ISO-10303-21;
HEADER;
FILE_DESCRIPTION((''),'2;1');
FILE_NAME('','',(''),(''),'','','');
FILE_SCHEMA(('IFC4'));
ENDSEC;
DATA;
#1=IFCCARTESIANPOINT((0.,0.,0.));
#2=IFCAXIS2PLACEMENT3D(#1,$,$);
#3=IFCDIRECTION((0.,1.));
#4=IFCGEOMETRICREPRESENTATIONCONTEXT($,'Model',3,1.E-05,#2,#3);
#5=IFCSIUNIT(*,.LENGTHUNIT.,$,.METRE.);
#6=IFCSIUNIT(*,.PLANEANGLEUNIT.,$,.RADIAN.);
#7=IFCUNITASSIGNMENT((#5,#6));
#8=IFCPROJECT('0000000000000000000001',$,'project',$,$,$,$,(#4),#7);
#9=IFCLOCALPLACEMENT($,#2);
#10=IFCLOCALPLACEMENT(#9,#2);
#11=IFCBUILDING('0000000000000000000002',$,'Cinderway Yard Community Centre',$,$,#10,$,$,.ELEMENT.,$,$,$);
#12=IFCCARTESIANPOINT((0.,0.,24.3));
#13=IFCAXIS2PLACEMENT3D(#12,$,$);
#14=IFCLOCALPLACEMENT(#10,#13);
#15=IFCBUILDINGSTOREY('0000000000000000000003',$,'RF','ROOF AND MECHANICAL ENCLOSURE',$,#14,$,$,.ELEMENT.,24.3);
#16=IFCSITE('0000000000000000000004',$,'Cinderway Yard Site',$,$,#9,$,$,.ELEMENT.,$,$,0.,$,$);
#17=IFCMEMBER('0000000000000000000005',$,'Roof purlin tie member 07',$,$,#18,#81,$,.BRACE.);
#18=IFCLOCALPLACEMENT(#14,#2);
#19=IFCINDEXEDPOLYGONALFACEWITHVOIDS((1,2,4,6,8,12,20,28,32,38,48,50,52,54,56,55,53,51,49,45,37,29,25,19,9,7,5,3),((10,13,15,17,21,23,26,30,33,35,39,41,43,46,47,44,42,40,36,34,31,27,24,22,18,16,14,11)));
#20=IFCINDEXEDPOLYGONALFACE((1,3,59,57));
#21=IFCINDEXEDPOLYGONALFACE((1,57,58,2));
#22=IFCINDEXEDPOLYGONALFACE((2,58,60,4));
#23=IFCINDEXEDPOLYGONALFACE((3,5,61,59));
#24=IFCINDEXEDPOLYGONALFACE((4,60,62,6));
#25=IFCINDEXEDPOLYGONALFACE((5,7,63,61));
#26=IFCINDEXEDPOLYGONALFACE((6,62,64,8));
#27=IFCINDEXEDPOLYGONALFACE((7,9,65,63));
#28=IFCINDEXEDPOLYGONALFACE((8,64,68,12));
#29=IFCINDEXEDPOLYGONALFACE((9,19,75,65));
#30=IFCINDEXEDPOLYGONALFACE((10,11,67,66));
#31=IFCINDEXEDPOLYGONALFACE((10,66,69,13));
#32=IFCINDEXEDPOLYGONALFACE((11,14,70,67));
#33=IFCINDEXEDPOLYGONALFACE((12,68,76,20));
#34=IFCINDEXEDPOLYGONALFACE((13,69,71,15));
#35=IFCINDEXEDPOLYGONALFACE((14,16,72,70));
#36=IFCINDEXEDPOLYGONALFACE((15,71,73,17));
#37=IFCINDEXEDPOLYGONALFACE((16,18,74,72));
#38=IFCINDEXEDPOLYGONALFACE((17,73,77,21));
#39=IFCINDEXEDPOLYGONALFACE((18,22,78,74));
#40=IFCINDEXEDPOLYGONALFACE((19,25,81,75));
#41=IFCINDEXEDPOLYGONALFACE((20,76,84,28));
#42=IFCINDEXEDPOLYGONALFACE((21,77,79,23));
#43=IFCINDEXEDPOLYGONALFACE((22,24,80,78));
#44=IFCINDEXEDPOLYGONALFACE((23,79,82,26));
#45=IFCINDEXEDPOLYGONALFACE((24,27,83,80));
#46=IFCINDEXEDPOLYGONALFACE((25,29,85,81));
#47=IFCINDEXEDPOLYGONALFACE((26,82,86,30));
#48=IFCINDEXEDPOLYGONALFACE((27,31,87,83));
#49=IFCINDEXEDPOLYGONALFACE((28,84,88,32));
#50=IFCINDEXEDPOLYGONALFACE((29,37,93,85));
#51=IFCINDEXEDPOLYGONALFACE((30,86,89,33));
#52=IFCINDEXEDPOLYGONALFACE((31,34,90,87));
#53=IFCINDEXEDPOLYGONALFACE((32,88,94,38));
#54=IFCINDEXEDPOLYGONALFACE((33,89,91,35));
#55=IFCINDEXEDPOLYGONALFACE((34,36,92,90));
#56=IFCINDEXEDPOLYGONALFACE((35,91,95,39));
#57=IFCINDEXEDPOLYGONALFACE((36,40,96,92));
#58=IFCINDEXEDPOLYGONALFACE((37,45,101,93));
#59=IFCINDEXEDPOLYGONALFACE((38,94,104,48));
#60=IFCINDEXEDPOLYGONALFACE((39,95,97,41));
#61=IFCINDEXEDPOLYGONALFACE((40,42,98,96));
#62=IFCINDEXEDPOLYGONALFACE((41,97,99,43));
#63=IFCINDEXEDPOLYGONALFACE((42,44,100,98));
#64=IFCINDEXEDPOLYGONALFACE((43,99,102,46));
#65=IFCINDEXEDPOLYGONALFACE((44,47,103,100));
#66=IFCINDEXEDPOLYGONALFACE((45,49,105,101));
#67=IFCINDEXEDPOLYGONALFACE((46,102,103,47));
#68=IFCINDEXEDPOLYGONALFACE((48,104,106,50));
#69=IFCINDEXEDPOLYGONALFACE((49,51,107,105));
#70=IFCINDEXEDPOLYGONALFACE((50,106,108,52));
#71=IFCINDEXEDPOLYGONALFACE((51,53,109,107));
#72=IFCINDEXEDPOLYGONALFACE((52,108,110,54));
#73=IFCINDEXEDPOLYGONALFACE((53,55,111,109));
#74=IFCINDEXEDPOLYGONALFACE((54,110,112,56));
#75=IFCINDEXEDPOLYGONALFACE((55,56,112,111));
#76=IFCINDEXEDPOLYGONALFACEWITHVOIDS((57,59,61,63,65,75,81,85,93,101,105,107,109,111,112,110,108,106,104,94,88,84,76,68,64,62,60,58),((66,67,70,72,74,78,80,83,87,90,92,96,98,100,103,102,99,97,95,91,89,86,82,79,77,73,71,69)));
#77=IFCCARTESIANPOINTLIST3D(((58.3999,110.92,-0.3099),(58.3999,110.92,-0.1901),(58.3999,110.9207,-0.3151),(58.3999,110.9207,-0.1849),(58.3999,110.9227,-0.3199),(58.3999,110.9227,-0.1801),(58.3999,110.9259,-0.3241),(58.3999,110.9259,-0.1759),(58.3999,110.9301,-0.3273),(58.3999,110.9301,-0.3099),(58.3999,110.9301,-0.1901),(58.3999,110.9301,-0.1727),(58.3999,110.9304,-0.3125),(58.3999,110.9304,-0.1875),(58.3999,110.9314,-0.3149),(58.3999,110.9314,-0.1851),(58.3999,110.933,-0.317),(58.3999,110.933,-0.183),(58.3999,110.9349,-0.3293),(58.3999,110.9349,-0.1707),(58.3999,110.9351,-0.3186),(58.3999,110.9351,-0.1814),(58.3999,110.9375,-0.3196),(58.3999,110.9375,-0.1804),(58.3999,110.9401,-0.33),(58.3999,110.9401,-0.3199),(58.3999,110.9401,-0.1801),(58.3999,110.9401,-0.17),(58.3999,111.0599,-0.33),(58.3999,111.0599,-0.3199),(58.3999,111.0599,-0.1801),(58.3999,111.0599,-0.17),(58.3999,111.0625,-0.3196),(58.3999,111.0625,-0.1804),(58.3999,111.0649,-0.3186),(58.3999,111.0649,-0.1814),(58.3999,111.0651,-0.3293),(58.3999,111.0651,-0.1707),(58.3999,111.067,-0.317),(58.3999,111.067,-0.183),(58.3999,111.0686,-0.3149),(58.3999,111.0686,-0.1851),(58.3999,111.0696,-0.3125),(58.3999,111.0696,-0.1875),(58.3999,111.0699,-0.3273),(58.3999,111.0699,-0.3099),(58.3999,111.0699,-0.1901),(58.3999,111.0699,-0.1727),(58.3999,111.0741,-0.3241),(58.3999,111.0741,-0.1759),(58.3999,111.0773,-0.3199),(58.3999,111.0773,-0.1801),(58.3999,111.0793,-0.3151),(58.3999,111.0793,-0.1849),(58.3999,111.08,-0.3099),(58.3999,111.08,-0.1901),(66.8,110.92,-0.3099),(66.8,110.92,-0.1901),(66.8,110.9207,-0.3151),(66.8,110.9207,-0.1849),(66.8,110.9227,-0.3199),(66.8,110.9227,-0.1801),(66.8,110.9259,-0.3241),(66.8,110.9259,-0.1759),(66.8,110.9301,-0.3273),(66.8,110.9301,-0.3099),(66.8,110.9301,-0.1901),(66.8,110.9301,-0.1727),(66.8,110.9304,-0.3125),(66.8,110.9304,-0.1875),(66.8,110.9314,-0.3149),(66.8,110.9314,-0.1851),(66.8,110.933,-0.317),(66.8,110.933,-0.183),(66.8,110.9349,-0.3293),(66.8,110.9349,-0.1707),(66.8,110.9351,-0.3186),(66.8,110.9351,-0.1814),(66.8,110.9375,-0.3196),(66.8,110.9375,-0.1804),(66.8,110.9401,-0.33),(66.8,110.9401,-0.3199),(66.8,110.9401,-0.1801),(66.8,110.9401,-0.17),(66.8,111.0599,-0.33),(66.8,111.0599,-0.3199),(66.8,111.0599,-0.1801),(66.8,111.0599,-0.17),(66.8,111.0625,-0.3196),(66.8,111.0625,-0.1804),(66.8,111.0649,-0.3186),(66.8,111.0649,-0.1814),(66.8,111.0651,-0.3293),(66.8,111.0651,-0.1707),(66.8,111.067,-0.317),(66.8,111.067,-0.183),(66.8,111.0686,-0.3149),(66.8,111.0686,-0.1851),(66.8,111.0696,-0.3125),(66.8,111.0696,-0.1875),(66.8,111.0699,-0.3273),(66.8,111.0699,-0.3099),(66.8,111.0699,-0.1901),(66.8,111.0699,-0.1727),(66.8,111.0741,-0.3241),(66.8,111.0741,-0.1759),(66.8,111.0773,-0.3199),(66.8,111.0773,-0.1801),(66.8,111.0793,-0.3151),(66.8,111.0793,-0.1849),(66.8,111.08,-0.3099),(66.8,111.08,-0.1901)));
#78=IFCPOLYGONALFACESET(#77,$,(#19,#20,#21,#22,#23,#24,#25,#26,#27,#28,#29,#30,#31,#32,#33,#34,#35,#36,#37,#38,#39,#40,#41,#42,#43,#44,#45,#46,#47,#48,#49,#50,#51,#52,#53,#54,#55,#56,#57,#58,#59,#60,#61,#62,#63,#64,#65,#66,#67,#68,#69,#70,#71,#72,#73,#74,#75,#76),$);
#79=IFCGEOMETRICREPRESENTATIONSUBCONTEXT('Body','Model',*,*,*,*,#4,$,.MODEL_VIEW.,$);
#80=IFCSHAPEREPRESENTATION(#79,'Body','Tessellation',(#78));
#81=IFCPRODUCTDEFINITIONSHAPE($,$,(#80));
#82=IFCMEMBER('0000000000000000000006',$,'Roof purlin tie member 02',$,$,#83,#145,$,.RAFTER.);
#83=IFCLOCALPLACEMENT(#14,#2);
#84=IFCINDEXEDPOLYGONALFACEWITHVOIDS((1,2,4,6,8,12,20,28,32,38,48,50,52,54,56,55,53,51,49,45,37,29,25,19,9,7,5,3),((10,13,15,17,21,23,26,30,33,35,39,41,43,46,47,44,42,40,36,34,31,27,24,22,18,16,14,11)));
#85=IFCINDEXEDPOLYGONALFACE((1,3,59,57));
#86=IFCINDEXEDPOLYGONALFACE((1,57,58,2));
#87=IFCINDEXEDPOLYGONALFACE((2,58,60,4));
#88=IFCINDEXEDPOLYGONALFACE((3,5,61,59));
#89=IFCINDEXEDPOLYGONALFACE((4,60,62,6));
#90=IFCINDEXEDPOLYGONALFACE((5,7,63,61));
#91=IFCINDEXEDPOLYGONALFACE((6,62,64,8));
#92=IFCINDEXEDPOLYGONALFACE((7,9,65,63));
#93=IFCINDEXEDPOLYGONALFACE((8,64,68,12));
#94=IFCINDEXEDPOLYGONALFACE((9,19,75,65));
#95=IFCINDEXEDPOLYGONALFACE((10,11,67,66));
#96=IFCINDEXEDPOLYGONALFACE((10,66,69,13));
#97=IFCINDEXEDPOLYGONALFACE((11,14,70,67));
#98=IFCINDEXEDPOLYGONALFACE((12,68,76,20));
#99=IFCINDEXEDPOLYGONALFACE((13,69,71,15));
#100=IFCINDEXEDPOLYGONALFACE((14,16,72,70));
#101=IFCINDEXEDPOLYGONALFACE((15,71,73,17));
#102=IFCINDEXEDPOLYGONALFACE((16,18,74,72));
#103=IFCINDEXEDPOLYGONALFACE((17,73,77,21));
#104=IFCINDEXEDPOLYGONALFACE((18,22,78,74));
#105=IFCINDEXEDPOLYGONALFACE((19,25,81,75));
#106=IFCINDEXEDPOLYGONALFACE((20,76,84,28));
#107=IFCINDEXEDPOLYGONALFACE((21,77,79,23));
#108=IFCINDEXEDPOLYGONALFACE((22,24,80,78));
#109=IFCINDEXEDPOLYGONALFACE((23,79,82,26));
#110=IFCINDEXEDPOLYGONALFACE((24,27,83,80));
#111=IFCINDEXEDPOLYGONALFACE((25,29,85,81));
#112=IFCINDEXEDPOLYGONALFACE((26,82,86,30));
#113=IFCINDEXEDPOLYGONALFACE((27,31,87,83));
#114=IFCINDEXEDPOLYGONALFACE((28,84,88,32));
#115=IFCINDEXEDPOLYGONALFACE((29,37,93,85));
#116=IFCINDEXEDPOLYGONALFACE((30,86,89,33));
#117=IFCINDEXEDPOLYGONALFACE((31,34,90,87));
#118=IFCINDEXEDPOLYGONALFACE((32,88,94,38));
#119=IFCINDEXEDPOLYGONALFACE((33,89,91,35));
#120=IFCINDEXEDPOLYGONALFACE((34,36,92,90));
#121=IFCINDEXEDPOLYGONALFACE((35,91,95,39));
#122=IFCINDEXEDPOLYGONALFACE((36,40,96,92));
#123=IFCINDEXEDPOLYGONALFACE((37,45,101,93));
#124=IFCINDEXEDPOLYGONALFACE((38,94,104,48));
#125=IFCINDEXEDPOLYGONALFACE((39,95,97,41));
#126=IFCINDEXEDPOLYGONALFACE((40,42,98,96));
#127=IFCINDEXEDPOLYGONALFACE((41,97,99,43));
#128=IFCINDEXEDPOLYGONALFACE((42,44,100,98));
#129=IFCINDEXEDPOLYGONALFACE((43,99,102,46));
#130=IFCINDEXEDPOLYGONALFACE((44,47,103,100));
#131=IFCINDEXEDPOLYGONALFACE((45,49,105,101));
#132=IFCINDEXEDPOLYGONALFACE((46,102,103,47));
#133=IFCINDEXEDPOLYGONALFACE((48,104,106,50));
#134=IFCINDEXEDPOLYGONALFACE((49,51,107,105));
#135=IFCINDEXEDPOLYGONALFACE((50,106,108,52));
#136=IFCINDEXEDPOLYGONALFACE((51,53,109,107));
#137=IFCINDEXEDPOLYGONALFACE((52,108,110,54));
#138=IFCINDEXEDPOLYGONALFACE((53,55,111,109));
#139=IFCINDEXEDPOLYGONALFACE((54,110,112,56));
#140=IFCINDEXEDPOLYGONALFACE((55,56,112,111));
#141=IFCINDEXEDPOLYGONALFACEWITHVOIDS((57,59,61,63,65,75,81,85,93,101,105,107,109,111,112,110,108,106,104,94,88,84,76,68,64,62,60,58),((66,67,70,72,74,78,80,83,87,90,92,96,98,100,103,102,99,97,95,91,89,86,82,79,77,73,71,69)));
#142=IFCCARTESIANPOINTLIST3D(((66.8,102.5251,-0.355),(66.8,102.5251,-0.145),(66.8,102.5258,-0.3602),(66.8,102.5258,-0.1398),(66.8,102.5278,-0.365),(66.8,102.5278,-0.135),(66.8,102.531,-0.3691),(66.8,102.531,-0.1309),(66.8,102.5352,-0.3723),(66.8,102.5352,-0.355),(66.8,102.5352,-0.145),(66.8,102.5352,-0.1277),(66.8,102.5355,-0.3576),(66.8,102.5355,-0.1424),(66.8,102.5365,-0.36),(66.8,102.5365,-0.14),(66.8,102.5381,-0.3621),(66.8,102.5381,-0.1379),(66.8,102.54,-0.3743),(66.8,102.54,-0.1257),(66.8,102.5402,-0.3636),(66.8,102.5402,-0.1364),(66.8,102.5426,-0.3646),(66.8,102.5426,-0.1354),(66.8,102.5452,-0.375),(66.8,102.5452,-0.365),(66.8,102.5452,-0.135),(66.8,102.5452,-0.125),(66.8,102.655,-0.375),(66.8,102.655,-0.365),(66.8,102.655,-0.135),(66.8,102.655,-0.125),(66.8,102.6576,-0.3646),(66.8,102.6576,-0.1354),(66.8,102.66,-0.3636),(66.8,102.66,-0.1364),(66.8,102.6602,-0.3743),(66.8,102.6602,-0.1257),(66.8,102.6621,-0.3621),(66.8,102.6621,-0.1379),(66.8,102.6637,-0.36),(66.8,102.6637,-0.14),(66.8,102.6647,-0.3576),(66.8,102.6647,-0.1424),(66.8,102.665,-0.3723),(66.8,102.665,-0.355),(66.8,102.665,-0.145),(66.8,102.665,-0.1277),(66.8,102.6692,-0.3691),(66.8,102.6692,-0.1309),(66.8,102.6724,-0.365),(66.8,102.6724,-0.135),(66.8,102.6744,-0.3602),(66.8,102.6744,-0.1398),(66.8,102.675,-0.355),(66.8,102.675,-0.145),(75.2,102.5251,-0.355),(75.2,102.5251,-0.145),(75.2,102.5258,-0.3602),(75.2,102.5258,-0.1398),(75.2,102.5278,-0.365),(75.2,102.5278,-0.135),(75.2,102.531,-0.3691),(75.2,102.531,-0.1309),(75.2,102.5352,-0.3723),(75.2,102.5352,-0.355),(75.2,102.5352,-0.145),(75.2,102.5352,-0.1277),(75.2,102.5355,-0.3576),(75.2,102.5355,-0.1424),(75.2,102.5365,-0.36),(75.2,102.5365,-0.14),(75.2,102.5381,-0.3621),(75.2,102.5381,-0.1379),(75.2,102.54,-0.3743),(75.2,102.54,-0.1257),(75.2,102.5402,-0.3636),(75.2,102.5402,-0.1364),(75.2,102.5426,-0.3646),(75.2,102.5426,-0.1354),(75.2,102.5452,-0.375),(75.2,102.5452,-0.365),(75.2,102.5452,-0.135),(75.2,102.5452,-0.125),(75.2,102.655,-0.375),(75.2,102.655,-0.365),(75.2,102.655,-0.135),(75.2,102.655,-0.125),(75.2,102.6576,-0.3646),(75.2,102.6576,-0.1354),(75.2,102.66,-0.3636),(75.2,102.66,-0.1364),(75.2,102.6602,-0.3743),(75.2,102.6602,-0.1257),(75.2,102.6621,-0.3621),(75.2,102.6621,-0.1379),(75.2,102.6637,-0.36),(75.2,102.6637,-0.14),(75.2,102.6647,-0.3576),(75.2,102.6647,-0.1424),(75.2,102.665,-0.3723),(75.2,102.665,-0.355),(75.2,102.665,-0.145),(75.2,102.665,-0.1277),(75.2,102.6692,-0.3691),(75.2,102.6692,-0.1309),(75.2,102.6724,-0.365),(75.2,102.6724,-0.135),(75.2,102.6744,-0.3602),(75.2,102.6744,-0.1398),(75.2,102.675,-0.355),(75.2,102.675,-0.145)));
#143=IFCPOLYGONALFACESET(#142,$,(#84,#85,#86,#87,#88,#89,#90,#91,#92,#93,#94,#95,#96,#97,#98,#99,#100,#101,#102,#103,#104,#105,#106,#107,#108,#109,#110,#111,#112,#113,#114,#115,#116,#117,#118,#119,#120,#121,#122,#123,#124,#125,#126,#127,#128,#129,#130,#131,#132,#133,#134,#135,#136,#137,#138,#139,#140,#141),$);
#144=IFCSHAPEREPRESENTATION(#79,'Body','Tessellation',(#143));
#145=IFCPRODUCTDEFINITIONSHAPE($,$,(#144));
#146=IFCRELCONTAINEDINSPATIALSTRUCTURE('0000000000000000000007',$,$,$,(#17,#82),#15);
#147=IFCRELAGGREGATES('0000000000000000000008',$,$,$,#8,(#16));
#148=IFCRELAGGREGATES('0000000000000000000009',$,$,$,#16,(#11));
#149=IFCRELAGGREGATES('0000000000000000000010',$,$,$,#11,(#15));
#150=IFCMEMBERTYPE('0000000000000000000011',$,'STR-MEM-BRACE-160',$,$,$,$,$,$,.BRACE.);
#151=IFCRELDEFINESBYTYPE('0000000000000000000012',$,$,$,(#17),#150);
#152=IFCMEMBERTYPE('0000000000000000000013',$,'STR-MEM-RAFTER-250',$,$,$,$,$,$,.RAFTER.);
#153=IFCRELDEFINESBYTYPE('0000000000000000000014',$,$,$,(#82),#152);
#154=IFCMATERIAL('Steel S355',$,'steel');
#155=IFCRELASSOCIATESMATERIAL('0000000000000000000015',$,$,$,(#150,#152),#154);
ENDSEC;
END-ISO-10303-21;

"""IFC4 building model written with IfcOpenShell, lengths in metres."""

from ifc_helpers import new_model, si_unit, direction, frame, origin, origin_2d, place, context, subcontext, project, spatial, hollow_rectangle, extrude, material, material_profile, profile_set, type_object, element, save


model = new_model("IFC4")

# Units and contexts
model_context = context("Model", 3, precision=1e-05, world=origin(), true_north=direction((0.0, 1.0)))
body_context = subcontext(model_context, "Body", "Model", "MODEL_VIEW")
ifc_project = project(units=[si_unit("LENGTHUNIT", "METRE"), si_unit("PLANEANGLEUNIT", "RADIAN")], contexts=[model_context])

# Site, building, storey
site_placement = place(None, origin())
site = spatial("IfcSite", under=ifc_project, at=site_placement, Name="Cinderway Yard Site", CompositionType="ELEMENT", RefElevation=0.0)
building_placement = place(site_placement, origin())
building = spatial("IfcBuilding", under=site, at=building_placement, Name="Cinderway Yard Community Centre", CompositionType="ELEMENT")
storey_placement = place(building_placement, frame((0.0, 0.0, 24.3)))
storey = spatial("IfcBuildingStorey", under=building, at=storey_placement, Name="RF", Description="ROOF AND MECHANICAL ENCLOSURE", CompositionType="ELEMENT", Elevation=24.3)

# Shared definitions
ifc_material_1 = material(Name="Steel S355", Category="steel")

# Members
ifc_material_profile_1 = material_profile(ifc_material_1, hollow_rectangle(XDim=0.1599, YDim=0.1599, WallThickness=0.01, InnerFilletRadius=0.01, OuterFilletRadius=0.02, at=origin_2d()), Name="Steel S355")
ifc_profile_set_1 = profile_set([ifc_material_profile_1], Name="Steel S355")
member_type_1 = type_object("IfcMemberType", Name="STR-MEM-BRACE-160", PredefinedType="BRACE", material=ifc_profile_set_1)
member_1_placement = place(storey_placement, frame((58.3999, 111.0, -0.25), z_axis=(1.0, 0.0, 0.0), x_axis=(0.0, 1.0, 0.0)))
element("IfcMember", 1, at=member_1_placement, inside=storey, type_object=member_type_1, Name="Roof purlin tie member 07", PredefinedType="BRACE", context=body_context, shape_type="SweptSolid", body=[
    extrude(hollow_rectangle(XDim=0.1599, YDim=0.1599, WallThickness=0.01, InnerFilletRadius=0.01, OuterFilletRadius=0.02, at=origin_2d()), origin(), (0.0, 0.0, 1.0), 8.4001),
])
ifc_material_profile_2 = material_profile(ifc_material_1, hollow_rectangle(XDim=0.1499, YDim=0.25, WallThickness=0.01, InnerFilletRadius=0.01, OuterFilletRadius=0.02, at=origin_2d()), Name="Steel S355")
ifc_profile_set_2 = profile_set([ifc_material_profile_2], Name="Steel S355")
member_type_2 = type_object("IfcMemberType", Name="STR-MEM-RAFTER-250", PredefinedType="RAFTER", material=ifc_profile_set_2)
member_2_placement = place(storey_placement, frame((66.8, 102.6001, -0.25), z_axis=(1.0, 0.0, 0.0), x_axis=(0.0, 1.0, 0.0)))
element("IfcMember", 2, at=member_2_placement, inside=storey, type_object=member_type_2, Name="Roof purlin tie member 02", PredefinedType="RAFTER", context=body_context, shape_type="SweptSolid", body=[
    extrude(hollow_rectangle(XDim=0.1499, YDim=0.25, WallThickness=0.01, InnerFilletRadius=0.01, OuterFilletRadius=0.02, at=origin_2d()), origin(), (0.0, 0.0, 1.0), 8.3999),
])

save(model, "model.ifc")
